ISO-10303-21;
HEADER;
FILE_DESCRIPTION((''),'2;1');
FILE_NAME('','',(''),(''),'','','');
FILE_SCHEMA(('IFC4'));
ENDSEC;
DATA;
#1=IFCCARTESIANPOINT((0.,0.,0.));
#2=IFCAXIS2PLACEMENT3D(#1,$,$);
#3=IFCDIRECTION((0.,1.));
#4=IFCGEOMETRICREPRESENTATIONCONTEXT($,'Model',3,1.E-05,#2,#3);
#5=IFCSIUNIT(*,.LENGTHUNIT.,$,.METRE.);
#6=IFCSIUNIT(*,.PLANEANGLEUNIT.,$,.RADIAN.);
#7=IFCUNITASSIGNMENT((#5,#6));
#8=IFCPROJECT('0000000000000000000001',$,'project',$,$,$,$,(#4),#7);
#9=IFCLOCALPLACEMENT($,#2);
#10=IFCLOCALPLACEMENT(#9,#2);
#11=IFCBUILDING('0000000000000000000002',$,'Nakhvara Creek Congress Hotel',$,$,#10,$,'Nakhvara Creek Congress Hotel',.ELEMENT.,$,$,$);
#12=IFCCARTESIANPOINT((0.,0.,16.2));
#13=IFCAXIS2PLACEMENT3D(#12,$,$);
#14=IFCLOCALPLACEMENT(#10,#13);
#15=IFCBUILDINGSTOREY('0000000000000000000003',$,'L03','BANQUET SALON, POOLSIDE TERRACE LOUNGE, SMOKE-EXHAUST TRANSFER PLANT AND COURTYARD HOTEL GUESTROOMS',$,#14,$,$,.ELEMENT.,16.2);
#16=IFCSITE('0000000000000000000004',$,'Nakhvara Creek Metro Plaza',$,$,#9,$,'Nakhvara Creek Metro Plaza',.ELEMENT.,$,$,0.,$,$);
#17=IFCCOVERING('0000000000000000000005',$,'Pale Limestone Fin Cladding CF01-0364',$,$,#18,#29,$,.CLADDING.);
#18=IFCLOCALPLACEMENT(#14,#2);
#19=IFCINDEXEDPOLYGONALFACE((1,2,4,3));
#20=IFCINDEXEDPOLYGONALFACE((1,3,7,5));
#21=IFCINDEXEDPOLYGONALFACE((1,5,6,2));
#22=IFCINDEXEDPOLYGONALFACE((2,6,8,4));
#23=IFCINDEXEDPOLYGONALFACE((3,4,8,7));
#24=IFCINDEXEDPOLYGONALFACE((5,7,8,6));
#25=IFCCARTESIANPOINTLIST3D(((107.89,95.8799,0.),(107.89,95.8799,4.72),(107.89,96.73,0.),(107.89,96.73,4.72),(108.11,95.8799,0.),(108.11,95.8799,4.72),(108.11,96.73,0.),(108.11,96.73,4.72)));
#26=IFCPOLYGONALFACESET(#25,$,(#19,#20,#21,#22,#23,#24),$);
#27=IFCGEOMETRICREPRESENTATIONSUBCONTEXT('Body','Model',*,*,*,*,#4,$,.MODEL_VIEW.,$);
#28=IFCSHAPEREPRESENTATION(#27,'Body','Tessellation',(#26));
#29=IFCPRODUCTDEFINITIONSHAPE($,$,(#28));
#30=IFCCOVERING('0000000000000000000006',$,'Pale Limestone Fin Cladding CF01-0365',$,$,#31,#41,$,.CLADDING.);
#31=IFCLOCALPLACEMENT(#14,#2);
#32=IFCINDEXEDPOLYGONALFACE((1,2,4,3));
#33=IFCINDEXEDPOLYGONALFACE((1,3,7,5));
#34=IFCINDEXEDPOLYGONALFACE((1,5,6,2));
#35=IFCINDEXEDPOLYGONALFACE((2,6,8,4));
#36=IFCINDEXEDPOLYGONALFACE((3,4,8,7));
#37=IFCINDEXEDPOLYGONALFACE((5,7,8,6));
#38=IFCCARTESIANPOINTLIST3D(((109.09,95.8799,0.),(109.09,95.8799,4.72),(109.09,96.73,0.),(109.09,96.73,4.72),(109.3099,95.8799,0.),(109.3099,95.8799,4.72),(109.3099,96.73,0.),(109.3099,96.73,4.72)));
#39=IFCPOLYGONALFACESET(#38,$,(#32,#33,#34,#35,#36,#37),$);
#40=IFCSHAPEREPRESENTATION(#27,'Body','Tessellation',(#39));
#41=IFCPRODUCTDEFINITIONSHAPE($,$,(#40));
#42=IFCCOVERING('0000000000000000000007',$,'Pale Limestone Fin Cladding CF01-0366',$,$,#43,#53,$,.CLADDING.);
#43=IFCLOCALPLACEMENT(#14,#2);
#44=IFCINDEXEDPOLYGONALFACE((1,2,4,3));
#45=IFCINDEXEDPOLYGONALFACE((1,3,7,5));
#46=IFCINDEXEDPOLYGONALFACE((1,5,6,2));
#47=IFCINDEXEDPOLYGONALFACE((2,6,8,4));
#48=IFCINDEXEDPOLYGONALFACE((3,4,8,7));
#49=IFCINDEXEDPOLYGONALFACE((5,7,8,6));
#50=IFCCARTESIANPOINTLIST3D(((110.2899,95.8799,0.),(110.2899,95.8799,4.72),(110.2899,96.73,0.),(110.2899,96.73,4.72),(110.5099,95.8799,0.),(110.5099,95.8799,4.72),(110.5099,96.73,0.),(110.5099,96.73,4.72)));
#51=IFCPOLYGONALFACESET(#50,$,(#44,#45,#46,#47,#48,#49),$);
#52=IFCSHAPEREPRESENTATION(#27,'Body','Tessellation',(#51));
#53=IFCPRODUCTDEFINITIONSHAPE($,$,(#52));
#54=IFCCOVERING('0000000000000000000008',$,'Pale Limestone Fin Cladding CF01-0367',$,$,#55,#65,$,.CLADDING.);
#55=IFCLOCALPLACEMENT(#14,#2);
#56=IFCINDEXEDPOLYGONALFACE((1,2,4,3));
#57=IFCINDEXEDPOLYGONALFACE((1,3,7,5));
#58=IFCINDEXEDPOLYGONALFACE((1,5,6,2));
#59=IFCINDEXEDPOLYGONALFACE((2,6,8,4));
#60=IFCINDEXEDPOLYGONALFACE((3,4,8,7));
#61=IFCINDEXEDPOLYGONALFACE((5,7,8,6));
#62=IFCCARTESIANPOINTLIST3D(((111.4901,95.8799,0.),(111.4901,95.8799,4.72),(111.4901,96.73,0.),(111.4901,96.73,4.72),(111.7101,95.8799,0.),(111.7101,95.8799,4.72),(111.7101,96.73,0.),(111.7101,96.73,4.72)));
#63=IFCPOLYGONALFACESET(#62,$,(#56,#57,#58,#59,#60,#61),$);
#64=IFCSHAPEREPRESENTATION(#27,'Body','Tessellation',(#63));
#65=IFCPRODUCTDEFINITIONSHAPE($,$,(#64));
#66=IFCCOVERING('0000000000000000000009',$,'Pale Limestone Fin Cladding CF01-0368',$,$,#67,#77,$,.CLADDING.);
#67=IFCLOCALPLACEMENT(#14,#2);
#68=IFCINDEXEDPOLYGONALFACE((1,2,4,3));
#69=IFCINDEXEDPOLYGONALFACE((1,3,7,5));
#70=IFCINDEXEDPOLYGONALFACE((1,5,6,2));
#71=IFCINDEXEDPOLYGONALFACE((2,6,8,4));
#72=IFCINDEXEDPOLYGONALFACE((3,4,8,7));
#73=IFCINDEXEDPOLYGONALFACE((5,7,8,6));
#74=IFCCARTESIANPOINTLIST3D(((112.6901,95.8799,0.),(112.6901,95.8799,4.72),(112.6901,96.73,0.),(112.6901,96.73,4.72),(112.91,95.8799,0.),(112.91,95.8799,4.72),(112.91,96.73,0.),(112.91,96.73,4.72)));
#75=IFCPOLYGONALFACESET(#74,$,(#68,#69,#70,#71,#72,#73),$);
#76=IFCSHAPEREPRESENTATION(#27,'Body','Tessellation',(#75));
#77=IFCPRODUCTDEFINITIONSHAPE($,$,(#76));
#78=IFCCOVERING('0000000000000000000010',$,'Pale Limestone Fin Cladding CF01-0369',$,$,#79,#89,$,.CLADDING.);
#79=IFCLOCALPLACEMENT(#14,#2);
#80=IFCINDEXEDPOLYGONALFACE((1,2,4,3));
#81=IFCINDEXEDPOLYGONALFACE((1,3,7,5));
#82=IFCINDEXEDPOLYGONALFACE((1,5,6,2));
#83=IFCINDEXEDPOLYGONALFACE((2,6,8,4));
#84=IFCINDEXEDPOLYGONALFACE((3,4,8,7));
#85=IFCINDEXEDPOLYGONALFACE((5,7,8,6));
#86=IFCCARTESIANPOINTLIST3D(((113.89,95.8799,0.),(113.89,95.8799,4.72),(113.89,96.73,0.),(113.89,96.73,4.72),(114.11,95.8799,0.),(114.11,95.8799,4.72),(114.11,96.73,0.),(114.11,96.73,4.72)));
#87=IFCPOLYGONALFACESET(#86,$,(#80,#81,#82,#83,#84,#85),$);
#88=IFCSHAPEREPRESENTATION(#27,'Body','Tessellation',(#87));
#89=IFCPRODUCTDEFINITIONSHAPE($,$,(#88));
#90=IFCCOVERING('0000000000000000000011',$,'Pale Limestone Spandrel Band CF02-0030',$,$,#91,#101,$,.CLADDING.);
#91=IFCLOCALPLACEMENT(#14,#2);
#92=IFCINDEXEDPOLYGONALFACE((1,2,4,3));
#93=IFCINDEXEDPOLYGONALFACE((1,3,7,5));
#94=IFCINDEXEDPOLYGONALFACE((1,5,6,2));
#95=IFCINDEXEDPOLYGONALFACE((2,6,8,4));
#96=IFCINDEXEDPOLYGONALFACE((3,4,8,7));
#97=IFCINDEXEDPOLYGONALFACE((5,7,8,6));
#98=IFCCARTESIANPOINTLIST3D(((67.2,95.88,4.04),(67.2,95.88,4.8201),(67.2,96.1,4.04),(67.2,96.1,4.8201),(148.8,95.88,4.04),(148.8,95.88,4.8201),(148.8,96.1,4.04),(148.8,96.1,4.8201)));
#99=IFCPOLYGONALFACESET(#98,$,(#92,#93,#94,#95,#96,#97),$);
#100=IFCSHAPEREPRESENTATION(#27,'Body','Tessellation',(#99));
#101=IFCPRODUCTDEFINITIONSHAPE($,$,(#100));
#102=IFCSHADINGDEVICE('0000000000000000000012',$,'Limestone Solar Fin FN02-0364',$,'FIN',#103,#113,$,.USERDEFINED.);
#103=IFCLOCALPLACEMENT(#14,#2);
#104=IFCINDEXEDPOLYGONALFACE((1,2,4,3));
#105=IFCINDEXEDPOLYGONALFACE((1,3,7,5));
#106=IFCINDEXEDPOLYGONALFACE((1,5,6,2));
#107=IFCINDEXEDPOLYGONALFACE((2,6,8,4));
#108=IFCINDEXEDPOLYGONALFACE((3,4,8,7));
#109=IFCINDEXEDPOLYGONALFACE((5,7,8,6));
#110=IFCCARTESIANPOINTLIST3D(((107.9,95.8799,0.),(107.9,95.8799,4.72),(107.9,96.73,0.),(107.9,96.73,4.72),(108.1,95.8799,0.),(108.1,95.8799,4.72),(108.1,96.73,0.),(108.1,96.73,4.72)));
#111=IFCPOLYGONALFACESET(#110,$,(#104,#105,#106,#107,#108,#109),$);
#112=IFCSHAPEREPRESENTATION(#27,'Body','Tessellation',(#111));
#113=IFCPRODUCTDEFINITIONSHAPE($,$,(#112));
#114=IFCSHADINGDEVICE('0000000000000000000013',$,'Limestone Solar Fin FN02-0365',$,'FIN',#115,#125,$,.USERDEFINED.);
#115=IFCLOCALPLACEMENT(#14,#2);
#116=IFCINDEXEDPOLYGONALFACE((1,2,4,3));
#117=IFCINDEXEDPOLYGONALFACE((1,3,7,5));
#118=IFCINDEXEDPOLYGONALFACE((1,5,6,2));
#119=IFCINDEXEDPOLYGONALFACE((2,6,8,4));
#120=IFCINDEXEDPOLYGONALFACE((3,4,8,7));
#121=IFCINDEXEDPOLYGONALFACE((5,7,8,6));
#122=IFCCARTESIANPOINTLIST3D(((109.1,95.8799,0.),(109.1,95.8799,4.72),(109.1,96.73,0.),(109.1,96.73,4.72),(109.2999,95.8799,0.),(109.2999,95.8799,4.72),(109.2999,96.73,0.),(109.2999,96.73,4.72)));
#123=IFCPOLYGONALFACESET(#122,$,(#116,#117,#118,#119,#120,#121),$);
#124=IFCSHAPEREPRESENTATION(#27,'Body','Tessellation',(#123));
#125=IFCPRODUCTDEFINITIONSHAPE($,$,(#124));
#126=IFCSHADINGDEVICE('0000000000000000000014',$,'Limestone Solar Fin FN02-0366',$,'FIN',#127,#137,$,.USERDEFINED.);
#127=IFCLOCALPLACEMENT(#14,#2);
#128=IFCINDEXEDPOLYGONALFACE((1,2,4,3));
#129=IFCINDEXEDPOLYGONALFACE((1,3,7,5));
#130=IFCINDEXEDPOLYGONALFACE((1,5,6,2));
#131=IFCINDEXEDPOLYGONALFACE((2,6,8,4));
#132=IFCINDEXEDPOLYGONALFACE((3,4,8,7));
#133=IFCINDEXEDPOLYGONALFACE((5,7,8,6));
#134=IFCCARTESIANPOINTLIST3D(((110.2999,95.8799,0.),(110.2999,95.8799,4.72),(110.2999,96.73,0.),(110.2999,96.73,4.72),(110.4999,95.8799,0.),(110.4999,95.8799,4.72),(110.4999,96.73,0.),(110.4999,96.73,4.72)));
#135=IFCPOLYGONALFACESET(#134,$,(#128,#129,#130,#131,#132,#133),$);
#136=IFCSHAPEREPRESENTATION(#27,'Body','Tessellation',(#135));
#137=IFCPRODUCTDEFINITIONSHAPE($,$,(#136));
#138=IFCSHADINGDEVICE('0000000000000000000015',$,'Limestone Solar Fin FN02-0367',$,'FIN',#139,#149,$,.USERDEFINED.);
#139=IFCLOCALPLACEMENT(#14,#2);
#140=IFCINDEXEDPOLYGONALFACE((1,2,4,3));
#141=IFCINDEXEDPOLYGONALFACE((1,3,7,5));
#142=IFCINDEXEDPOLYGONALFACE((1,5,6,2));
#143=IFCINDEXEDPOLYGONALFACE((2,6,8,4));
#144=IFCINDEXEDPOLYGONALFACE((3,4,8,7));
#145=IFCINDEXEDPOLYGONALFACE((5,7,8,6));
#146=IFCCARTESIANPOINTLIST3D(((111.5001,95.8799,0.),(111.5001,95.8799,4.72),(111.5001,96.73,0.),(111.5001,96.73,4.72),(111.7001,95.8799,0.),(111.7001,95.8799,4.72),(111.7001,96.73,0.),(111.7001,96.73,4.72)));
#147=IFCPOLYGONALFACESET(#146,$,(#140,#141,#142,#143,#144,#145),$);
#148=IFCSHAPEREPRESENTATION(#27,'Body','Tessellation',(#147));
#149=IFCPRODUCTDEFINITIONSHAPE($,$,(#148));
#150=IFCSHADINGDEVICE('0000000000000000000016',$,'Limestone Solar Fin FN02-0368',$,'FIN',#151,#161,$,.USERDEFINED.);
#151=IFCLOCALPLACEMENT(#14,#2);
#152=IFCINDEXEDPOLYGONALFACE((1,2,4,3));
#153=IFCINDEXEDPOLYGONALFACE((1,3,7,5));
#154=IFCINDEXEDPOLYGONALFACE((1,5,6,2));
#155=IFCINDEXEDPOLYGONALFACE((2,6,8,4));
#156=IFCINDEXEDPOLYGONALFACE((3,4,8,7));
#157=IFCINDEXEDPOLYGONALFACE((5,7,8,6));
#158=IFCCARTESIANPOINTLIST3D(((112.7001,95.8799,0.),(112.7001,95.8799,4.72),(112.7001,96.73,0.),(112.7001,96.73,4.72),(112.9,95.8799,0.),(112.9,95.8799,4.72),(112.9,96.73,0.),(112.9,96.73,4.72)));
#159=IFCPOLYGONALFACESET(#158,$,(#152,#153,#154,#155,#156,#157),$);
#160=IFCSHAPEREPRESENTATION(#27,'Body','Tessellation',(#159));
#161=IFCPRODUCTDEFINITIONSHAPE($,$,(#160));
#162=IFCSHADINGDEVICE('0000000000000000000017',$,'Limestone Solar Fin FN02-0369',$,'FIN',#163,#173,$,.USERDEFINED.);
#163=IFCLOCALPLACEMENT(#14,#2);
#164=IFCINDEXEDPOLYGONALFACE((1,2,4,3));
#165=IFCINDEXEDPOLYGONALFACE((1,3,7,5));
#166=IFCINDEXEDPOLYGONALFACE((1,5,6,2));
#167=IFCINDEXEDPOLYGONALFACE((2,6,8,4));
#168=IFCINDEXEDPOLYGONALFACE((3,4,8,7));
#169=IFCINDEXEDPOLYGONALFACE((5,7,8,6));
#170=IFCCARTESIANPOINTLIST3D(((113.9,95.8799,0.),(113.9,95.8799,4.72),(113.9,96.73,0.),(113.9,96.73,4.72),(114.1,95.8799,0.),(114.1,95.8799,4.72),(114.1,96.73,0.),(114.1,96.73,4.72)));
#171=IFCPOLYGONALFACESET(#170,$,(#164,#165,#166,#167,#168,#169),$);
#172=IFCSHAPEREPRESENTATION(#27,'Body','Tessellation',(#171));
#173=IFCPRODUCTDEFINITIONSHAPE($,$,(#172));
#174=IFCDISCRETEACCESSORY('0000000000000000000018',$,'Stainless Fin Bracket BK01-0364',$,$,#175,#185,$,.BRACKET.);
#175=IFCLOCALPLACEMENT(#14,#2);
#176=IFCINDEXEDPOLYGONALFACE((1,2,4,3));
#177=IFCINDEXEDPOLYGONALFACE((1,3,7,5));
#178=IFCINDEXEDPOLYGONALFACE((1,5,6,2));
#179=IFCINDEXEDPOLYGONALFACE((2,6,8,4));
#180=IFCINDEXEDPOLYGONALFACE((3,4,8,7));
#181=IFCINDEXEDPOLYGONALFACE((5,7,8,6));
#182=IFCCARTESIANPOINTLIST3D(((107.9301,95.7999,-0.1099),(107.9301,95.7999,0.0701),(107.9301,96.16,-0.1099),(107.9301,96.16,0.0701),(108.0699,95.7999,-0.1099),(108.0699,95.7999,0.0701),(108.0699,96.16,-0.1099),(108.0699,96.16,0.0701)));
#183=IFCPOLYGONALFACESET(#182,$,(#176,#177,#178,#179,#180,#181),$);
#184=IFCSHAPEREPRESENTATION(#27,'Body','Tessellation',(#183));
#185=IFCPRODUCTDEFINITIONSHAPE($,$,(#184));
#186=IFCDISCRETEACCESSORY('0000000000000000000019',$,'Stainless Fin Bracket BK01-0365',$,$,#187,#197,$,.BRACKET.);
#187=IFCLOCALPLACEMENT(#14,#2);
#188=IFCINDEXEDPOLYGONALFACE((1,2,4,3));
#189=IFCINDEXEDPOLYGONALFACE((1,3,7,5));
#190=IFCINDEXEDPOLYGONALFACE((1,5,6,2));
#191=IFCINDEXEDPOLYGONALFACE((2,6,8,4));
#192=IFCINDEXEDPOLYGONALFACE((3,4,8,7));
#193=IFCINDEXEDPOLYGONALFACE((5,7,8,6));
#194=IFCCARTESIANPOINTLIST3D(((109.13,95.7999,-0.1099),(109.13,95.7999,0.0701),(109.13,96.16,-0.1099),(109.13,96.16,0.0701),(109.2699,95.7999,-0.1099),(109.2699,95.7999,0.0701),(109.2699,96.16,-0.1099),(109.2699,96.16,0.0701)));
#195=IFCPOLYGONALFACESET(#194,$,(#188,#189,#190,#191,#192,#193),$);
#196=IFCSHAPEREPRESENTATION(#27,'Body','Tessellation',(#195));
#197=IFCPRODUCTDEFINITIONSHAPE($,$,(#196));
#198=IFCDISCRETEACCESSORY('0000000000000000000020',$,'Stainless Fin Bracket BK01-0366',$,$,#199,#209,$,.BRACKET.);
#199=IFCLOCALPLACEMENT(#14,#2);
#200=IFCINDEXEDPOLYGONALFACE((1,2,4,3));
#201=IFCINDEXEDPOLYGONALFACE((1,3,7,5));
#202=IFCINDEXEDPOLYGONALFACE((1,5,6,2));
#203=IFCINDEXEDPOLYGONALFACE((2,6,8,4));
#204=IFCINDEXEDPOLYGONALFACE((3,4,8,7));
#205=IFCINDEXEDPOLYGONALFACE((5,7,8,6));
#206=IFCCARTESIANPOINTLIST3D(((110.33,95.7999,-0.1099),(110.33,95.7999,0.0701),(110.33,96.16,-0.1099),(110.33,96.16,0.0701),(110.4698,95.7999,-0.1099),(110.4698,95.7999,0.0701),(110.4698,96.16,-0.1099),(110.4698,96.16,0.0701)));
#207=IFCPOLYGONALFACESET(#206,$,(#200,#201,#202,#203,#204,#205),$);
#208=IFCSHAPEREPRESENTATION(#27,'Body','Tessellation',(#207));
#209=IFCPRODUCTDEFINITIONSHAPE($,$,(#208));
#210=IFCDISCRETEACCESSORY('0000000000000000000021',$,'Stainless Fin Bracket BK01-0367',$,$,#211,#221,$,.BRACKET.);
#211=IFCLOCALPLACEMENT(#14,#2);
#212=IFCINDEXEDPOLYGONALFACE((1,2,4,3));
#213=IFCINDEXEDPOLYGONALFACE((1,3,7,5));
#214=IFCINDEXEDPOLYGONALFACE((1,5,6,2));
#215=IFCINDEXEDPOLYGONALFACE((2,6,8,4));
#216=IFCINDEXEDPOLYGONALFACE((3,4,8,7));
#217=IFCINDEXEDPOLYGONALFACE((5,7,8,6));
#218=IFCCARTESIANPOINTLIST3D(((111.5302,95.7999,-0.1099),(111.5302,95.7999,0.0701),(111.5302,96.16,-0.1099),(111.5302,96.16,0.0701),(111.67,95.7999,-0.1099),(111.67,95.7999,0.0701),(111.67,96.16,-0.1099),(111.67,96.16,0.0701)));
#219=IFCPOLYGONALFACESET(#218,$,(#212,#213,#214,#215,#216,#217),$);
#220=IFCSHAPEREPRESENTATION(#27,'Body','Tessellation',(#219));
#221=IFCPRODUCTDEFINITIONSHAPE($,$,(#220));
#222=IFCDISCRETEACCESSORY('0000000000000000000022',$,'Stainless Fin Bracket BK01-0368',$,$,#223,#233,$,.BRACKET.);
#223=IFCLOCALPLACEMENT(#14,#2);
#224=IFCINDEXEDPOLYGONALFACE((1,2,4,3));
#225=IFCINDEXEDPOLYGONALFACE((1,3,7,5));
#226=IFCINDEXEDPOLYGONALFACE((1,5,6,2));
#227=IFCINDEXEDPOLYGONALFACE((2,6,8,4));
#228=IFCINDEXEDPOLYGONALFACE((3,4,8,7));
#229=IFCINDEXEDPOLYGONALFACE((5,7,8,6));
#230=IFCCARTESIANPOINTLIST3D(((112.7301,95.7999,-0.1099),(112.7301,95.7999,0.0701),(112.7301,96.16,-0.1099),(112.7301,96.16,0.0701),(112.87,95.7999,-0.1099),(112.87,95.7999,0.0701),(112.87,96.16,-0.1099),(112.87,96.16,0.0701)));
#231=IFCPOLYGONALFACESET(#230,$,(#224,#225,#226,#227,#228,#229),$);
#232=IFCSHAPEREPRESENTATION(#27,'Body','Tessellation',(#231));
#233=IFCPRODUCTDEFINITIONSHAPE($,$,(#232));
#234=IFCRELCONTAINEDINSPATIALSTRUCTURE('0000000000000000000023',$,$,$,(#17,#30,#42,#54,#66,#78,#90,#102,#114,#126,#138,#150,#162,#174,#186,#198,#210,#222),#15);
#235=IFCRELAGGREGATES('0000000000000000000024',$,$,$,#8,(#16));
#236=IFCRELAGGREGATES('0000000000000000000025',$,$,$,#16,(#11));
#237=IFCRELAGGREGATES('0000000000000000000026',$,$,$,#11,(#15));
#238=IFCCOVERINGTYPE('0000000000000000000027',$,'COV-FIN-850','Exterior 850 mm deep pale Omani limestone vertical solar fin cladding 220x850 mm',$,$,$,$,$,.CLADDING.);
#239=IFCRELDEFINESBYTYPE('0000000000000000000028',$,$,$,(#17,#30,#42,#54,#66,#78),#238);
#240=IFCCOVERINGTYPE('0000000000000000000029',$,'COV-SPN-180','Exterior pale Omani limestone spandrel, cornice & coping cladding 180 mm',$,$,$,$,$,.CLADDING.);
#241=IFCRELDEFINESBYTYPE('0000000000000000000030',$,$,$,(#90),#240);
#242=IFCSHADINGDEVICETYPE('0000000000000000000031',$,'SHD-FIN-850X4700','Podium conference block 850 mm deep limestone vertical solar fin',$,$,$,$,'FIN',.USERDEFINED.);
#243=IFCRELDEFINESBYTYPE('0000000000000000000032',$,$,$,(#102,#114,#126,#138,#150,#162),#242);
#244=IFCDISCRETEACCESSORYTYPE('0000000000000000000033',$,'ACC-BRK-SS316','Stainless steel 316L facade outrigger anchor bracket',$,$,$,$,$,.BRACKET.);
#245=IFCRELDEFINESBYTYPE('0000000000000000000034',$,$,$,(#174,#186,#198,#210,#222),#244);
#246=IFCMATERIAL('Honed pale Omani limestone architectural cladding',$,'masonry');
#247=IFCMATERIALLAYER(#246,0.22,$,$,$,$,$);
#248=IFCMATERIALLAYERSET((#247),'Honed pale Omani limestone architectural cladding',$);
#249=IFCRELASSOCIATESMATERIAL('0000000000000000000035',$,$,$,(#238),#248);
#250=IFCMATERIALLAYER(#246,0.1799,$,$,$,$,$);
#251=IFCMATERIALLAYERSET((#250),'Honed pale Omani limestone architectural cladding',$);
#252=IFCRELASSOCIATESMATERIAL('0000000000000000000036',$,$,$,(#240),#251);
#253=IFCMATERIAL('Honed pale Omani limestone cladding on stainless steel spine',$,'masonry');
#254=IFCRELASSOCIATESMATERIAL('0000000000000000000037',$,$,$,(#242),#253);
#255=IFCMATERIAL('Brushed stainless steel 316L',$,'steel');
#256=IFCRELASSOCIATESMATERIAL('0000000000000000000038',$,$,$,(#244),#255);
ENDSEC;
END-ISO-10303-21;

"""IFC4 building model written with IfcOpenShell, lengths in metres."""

from ifc_helpers import new_model, si_unit, direction, frame, origin, origin_2d, place, context, subcontext, project, spatial, rectangle, extrude, material, layer, layer_set, type_object, element, save


model = new_model("IFC4")

# Units and contexts
model_context = context("Model", 3, precision=1e-05, world=origin(), true_north=direction((0.0, 1.0)))
body_context = subcontext(model_context, "Body", "Model", "MODEL_VIEW")
ifc_project = project(units=[si_unit("LENGTHUNIT", "METRE"), si_unit("PLANEANGLEUNIT", "RADIAN")], contexts=[model_context])

# Site, building, storey
site_placement = place(None, origin())
site = spatial("IfcSite", under=ifc_project, at=site_placement, Name="Nakhvara Creek Metro Plaza", LongName="Nakhvara Creek Metro Plaza", CompositionType="ELEMENT", RefElevation=0.0)
building_placement = place(site_placement, origin())
building = spatial("IfcBuilding", under=site, at=building_placement, Name="Nakhvara Creek Congress Hotel", LongName="Nakhvara Creek Congress Hotel", CompositionType="ELEMENT")
storey_placement = place(building_placement, frame((0.0, 0.0, 16.2)))
storey = spatial("IfcBuildingStorey", under=building, at=storey_placement, Name="L03", Description="BANQUET SALON, POOLSIDE TERRACE LOUNGE, SMOKE-EXHAUST TRANSFER PLANT AND COURTYARD HOTEL GUESTROOMS", CompositionType="ELEMENT", Elevation=16.2)

# Coverings
ifc_material_1 = material(Name="Honed pale Omani limestone architectural cladding", Category="masonry")
ifc_layer_1 = layer(ifc_material_1, 0.22)
ifc_layer_set_1 = layer_set([ifc_layer_1], Name="Honed pale Omani limestone architectural cladding")
covering_type_1 = type_object("IfcCoveringType", Name="COV-FIN-850", Description="Exterior 850 mm deep pale Omani limestone vertical solar fin cladding 220x850 mm", PredefinedType="CLADDING", material=ifc_layer_set_1)
for number, where, z_axis, x_axis, name in (
    (1, (108.0, 96.3049, 0.0), (0.0, 0.0, 1.0), (1.0, 0.0, 0.0), "Pale Limestone Fin Cladding CF01-0364"),
    (2, (109.2, 96.3049, 0.0), (0.0, 0.0, 1.0), (1.0, 0.0, 0.0), "Pale Limestone Fin Cladding CF01-0365"),
    (3, (110.3999, 96.3049, 0.0), (0.0, 0.0, 1.0), (1.0, 0.0, 0.0), "Pale Limestone Fin Cladding CF01-0366"),
    (4, (111.6001, 96.3049, 0.0), (0.0, 0.0, 1.0), (1.0, 0.0, 0.0), "Pale Limestone Fin Cladding CF01-0367"),
    (5, (112.8, 96.3049, 0.0), (0.0, 0.0, 1.0), (1.0, 0.0, 0.0), "Pale Limestone Fin Cladding CF01-0368"),
    (6, (114.0, 96.3049, 0.0), (0.0, 0.0, 1.0), (1.0, 0.0, 0.0), "Pale Limestone Fin Cladding CF01-0369"),
):
    element("IfcCovering", number, at=place(storey_placement, frame(where, z_axis=z_axis, x_axis=x_axis)), inside=storey, type_object=covering_type_1, Name=name, PredefinedType="CLADDING", context=body_context, shape_type="SweptSolid", body=[
        extrude(rectangle(XDim=0.22, YDim=0.8501, at=origin_2d()), origin(), (0.0, 0.0, 1.0), 4.72),
    ])
ifc_layer_2 = layer(ifc_material_1, 0.1799)
ifc_layer_set_2 = layer_set([ifc_layer_2], Name="Honed pale Omani limestone architectural cladding")
covering_type_2 = type_object("IfcCoveringType", Name="COV-SPN-180", Description="Exterior pale Omani limestone spandrel, cornice & coping cladding 180 mm", PredefinedType="CLADDING", material=ifc_layer_set_2)
covering_placement = place(storey_placement, frame((108.0, 95.99, 4.04), z_axis=(0.0, 0.0, 1.0), x_axis=(1.0, 0.0, 0.0)))
element("IfcCovering", 7, at=covering_placement, inside=storey, type_object=covering_type_2, Name="Pale Limestone Spandrel Band CF02-0030", PredefinedType="CLADDING", context=body_context, shape_type="SweptSolid", body=[
    extrude(rectangle(XDim=81.6001, YDim=0.22, at=origin_2d()), origin(), (0.0, 0.0, 1.0), 0.78),
])

# Shading devices
ifc_material_2 = material(Name="Honed pale Omani limestone cladding on stainless steel spine", Category="masonry")
shading_device_type = type_object("IfcShadingDeviceType", Name="SHD-FIN-850X4700", Description="Podium conference block 850 mm deep limestone vertical solar fin", ElementType="FIN", PredefinedType="USERDEFINED", material=ifc_material_2)
for number, where, z_axis, x_axis, name in (
    (8, (108.0, 96.3049, 0.0), (0.0, 0.0, 1.0), (1.0, 0.0, 0.0), "Limestone Solar Fin FN02-0364"),
    (9, (109.2, 96.3049, 0.0), (0.0, 0.0, 1.0), (1.0, 0.0, 0.0), "Limestone Solar Fin FN02-0365"),
    (10, (110.3999, 96.3049, 0.0), (0.0, 0.0, 1.0), (1.0, 0.0, 0.0), "Limestone Solar Fin FN02-0366"),
    (11, (111.6001, 96.3049, 0.0), (0.0, 0.0, 1.0), (1.0, 0.0, 0.0), "Limestone Solar Fin FN02-0367"),
    (12, (112.8, 96.3049, 0.0), (0.0, 0.0, 1.0), (1.0, 0.0, 0.0), "Limestone Solar Fin FN02-0368"),
    (13, (114.0, 96.3049, 0.0), (0.0, 0.0, 1.0), (1.0, 0.0, 0.0), "Limestone Solar Fin FN02-0369"),
):
    element("IfcShadingDevice", number, at=place(storey_placement, frame(where, z_axis=z_axis, x_axis=x_axis)), inside=storey, type_object=shading_device_type, Name=name, ObjectType="FIN", PredefinedType="USERDEFINED", context=body_context, shape_type="SweptSolid", body=[
        extrude(rectangle(XDim=0.2, YDim=0.8501, at=origin_2d()), origin(), (0.0, 0.0, 1.0), 4.72),
    ])

# Discrete accessories
ifc_material_3 = material(Name="Brushed stainless steel 316L", Category="steel")
discrete_accessory_type = type_object("IfcDiscreteAccessoryType", Name="ACC-BRK-SS316", Description="Stainless steel 316L facade outrigger anchor bracket", PredefinedType="BRACKET", material=ifc_material_3)
for number, where, z_axis, x_axis, name in (
    (14, (108.0, 95.98, -0.1099), (0.0, 0.0, 1.0), (1.0, 0.0, 0.0), "Stainless Fin Bracket BK01-0364"),
    (15, (109.2, 95.98, -0.1099), (0.0, 0.0, 1.0), (1.0, 0.0, 0.0), "Stainless Fin Bracket BK01-0365"),
    (16, (110.3999, 95.98, -0.1099), (0.0, 0.0, 1.0), (1.0, 0.0, 0.0), "Stainless Fin Bracket BK01-0366"),
    (17, (111.6001, 95.98, -0.1099), (0.0, 0.0, 1.0), (1.0, 0.0, 0.0), "Stainless Fin Bracket BK01-0367"),
    (18, (112.8, 95.98, -0.1099), (0.0, 0.0, 1.0), (1.0, 0.0, 0.0), "Stainless Fin Bracket BK01-0368"),
):
    element("IfcDiscreteAccessory", number, at=place(storey_placement, frame(where, z_axis=z_axis, x_axis=x_axis)), inside=storey, type_object=discrete_accessory_type, Name=name, PredefinedType="BRACKET", context=body_context, shape_type="SweptSolid", body=[
        extrude(rectangle(XDim=0.1399, YDim=0.3601, at=origin_2d()), origin(), (0.0, 0.0, 1.0), 0.1799),
    ])

save(model, "model.ifc")
